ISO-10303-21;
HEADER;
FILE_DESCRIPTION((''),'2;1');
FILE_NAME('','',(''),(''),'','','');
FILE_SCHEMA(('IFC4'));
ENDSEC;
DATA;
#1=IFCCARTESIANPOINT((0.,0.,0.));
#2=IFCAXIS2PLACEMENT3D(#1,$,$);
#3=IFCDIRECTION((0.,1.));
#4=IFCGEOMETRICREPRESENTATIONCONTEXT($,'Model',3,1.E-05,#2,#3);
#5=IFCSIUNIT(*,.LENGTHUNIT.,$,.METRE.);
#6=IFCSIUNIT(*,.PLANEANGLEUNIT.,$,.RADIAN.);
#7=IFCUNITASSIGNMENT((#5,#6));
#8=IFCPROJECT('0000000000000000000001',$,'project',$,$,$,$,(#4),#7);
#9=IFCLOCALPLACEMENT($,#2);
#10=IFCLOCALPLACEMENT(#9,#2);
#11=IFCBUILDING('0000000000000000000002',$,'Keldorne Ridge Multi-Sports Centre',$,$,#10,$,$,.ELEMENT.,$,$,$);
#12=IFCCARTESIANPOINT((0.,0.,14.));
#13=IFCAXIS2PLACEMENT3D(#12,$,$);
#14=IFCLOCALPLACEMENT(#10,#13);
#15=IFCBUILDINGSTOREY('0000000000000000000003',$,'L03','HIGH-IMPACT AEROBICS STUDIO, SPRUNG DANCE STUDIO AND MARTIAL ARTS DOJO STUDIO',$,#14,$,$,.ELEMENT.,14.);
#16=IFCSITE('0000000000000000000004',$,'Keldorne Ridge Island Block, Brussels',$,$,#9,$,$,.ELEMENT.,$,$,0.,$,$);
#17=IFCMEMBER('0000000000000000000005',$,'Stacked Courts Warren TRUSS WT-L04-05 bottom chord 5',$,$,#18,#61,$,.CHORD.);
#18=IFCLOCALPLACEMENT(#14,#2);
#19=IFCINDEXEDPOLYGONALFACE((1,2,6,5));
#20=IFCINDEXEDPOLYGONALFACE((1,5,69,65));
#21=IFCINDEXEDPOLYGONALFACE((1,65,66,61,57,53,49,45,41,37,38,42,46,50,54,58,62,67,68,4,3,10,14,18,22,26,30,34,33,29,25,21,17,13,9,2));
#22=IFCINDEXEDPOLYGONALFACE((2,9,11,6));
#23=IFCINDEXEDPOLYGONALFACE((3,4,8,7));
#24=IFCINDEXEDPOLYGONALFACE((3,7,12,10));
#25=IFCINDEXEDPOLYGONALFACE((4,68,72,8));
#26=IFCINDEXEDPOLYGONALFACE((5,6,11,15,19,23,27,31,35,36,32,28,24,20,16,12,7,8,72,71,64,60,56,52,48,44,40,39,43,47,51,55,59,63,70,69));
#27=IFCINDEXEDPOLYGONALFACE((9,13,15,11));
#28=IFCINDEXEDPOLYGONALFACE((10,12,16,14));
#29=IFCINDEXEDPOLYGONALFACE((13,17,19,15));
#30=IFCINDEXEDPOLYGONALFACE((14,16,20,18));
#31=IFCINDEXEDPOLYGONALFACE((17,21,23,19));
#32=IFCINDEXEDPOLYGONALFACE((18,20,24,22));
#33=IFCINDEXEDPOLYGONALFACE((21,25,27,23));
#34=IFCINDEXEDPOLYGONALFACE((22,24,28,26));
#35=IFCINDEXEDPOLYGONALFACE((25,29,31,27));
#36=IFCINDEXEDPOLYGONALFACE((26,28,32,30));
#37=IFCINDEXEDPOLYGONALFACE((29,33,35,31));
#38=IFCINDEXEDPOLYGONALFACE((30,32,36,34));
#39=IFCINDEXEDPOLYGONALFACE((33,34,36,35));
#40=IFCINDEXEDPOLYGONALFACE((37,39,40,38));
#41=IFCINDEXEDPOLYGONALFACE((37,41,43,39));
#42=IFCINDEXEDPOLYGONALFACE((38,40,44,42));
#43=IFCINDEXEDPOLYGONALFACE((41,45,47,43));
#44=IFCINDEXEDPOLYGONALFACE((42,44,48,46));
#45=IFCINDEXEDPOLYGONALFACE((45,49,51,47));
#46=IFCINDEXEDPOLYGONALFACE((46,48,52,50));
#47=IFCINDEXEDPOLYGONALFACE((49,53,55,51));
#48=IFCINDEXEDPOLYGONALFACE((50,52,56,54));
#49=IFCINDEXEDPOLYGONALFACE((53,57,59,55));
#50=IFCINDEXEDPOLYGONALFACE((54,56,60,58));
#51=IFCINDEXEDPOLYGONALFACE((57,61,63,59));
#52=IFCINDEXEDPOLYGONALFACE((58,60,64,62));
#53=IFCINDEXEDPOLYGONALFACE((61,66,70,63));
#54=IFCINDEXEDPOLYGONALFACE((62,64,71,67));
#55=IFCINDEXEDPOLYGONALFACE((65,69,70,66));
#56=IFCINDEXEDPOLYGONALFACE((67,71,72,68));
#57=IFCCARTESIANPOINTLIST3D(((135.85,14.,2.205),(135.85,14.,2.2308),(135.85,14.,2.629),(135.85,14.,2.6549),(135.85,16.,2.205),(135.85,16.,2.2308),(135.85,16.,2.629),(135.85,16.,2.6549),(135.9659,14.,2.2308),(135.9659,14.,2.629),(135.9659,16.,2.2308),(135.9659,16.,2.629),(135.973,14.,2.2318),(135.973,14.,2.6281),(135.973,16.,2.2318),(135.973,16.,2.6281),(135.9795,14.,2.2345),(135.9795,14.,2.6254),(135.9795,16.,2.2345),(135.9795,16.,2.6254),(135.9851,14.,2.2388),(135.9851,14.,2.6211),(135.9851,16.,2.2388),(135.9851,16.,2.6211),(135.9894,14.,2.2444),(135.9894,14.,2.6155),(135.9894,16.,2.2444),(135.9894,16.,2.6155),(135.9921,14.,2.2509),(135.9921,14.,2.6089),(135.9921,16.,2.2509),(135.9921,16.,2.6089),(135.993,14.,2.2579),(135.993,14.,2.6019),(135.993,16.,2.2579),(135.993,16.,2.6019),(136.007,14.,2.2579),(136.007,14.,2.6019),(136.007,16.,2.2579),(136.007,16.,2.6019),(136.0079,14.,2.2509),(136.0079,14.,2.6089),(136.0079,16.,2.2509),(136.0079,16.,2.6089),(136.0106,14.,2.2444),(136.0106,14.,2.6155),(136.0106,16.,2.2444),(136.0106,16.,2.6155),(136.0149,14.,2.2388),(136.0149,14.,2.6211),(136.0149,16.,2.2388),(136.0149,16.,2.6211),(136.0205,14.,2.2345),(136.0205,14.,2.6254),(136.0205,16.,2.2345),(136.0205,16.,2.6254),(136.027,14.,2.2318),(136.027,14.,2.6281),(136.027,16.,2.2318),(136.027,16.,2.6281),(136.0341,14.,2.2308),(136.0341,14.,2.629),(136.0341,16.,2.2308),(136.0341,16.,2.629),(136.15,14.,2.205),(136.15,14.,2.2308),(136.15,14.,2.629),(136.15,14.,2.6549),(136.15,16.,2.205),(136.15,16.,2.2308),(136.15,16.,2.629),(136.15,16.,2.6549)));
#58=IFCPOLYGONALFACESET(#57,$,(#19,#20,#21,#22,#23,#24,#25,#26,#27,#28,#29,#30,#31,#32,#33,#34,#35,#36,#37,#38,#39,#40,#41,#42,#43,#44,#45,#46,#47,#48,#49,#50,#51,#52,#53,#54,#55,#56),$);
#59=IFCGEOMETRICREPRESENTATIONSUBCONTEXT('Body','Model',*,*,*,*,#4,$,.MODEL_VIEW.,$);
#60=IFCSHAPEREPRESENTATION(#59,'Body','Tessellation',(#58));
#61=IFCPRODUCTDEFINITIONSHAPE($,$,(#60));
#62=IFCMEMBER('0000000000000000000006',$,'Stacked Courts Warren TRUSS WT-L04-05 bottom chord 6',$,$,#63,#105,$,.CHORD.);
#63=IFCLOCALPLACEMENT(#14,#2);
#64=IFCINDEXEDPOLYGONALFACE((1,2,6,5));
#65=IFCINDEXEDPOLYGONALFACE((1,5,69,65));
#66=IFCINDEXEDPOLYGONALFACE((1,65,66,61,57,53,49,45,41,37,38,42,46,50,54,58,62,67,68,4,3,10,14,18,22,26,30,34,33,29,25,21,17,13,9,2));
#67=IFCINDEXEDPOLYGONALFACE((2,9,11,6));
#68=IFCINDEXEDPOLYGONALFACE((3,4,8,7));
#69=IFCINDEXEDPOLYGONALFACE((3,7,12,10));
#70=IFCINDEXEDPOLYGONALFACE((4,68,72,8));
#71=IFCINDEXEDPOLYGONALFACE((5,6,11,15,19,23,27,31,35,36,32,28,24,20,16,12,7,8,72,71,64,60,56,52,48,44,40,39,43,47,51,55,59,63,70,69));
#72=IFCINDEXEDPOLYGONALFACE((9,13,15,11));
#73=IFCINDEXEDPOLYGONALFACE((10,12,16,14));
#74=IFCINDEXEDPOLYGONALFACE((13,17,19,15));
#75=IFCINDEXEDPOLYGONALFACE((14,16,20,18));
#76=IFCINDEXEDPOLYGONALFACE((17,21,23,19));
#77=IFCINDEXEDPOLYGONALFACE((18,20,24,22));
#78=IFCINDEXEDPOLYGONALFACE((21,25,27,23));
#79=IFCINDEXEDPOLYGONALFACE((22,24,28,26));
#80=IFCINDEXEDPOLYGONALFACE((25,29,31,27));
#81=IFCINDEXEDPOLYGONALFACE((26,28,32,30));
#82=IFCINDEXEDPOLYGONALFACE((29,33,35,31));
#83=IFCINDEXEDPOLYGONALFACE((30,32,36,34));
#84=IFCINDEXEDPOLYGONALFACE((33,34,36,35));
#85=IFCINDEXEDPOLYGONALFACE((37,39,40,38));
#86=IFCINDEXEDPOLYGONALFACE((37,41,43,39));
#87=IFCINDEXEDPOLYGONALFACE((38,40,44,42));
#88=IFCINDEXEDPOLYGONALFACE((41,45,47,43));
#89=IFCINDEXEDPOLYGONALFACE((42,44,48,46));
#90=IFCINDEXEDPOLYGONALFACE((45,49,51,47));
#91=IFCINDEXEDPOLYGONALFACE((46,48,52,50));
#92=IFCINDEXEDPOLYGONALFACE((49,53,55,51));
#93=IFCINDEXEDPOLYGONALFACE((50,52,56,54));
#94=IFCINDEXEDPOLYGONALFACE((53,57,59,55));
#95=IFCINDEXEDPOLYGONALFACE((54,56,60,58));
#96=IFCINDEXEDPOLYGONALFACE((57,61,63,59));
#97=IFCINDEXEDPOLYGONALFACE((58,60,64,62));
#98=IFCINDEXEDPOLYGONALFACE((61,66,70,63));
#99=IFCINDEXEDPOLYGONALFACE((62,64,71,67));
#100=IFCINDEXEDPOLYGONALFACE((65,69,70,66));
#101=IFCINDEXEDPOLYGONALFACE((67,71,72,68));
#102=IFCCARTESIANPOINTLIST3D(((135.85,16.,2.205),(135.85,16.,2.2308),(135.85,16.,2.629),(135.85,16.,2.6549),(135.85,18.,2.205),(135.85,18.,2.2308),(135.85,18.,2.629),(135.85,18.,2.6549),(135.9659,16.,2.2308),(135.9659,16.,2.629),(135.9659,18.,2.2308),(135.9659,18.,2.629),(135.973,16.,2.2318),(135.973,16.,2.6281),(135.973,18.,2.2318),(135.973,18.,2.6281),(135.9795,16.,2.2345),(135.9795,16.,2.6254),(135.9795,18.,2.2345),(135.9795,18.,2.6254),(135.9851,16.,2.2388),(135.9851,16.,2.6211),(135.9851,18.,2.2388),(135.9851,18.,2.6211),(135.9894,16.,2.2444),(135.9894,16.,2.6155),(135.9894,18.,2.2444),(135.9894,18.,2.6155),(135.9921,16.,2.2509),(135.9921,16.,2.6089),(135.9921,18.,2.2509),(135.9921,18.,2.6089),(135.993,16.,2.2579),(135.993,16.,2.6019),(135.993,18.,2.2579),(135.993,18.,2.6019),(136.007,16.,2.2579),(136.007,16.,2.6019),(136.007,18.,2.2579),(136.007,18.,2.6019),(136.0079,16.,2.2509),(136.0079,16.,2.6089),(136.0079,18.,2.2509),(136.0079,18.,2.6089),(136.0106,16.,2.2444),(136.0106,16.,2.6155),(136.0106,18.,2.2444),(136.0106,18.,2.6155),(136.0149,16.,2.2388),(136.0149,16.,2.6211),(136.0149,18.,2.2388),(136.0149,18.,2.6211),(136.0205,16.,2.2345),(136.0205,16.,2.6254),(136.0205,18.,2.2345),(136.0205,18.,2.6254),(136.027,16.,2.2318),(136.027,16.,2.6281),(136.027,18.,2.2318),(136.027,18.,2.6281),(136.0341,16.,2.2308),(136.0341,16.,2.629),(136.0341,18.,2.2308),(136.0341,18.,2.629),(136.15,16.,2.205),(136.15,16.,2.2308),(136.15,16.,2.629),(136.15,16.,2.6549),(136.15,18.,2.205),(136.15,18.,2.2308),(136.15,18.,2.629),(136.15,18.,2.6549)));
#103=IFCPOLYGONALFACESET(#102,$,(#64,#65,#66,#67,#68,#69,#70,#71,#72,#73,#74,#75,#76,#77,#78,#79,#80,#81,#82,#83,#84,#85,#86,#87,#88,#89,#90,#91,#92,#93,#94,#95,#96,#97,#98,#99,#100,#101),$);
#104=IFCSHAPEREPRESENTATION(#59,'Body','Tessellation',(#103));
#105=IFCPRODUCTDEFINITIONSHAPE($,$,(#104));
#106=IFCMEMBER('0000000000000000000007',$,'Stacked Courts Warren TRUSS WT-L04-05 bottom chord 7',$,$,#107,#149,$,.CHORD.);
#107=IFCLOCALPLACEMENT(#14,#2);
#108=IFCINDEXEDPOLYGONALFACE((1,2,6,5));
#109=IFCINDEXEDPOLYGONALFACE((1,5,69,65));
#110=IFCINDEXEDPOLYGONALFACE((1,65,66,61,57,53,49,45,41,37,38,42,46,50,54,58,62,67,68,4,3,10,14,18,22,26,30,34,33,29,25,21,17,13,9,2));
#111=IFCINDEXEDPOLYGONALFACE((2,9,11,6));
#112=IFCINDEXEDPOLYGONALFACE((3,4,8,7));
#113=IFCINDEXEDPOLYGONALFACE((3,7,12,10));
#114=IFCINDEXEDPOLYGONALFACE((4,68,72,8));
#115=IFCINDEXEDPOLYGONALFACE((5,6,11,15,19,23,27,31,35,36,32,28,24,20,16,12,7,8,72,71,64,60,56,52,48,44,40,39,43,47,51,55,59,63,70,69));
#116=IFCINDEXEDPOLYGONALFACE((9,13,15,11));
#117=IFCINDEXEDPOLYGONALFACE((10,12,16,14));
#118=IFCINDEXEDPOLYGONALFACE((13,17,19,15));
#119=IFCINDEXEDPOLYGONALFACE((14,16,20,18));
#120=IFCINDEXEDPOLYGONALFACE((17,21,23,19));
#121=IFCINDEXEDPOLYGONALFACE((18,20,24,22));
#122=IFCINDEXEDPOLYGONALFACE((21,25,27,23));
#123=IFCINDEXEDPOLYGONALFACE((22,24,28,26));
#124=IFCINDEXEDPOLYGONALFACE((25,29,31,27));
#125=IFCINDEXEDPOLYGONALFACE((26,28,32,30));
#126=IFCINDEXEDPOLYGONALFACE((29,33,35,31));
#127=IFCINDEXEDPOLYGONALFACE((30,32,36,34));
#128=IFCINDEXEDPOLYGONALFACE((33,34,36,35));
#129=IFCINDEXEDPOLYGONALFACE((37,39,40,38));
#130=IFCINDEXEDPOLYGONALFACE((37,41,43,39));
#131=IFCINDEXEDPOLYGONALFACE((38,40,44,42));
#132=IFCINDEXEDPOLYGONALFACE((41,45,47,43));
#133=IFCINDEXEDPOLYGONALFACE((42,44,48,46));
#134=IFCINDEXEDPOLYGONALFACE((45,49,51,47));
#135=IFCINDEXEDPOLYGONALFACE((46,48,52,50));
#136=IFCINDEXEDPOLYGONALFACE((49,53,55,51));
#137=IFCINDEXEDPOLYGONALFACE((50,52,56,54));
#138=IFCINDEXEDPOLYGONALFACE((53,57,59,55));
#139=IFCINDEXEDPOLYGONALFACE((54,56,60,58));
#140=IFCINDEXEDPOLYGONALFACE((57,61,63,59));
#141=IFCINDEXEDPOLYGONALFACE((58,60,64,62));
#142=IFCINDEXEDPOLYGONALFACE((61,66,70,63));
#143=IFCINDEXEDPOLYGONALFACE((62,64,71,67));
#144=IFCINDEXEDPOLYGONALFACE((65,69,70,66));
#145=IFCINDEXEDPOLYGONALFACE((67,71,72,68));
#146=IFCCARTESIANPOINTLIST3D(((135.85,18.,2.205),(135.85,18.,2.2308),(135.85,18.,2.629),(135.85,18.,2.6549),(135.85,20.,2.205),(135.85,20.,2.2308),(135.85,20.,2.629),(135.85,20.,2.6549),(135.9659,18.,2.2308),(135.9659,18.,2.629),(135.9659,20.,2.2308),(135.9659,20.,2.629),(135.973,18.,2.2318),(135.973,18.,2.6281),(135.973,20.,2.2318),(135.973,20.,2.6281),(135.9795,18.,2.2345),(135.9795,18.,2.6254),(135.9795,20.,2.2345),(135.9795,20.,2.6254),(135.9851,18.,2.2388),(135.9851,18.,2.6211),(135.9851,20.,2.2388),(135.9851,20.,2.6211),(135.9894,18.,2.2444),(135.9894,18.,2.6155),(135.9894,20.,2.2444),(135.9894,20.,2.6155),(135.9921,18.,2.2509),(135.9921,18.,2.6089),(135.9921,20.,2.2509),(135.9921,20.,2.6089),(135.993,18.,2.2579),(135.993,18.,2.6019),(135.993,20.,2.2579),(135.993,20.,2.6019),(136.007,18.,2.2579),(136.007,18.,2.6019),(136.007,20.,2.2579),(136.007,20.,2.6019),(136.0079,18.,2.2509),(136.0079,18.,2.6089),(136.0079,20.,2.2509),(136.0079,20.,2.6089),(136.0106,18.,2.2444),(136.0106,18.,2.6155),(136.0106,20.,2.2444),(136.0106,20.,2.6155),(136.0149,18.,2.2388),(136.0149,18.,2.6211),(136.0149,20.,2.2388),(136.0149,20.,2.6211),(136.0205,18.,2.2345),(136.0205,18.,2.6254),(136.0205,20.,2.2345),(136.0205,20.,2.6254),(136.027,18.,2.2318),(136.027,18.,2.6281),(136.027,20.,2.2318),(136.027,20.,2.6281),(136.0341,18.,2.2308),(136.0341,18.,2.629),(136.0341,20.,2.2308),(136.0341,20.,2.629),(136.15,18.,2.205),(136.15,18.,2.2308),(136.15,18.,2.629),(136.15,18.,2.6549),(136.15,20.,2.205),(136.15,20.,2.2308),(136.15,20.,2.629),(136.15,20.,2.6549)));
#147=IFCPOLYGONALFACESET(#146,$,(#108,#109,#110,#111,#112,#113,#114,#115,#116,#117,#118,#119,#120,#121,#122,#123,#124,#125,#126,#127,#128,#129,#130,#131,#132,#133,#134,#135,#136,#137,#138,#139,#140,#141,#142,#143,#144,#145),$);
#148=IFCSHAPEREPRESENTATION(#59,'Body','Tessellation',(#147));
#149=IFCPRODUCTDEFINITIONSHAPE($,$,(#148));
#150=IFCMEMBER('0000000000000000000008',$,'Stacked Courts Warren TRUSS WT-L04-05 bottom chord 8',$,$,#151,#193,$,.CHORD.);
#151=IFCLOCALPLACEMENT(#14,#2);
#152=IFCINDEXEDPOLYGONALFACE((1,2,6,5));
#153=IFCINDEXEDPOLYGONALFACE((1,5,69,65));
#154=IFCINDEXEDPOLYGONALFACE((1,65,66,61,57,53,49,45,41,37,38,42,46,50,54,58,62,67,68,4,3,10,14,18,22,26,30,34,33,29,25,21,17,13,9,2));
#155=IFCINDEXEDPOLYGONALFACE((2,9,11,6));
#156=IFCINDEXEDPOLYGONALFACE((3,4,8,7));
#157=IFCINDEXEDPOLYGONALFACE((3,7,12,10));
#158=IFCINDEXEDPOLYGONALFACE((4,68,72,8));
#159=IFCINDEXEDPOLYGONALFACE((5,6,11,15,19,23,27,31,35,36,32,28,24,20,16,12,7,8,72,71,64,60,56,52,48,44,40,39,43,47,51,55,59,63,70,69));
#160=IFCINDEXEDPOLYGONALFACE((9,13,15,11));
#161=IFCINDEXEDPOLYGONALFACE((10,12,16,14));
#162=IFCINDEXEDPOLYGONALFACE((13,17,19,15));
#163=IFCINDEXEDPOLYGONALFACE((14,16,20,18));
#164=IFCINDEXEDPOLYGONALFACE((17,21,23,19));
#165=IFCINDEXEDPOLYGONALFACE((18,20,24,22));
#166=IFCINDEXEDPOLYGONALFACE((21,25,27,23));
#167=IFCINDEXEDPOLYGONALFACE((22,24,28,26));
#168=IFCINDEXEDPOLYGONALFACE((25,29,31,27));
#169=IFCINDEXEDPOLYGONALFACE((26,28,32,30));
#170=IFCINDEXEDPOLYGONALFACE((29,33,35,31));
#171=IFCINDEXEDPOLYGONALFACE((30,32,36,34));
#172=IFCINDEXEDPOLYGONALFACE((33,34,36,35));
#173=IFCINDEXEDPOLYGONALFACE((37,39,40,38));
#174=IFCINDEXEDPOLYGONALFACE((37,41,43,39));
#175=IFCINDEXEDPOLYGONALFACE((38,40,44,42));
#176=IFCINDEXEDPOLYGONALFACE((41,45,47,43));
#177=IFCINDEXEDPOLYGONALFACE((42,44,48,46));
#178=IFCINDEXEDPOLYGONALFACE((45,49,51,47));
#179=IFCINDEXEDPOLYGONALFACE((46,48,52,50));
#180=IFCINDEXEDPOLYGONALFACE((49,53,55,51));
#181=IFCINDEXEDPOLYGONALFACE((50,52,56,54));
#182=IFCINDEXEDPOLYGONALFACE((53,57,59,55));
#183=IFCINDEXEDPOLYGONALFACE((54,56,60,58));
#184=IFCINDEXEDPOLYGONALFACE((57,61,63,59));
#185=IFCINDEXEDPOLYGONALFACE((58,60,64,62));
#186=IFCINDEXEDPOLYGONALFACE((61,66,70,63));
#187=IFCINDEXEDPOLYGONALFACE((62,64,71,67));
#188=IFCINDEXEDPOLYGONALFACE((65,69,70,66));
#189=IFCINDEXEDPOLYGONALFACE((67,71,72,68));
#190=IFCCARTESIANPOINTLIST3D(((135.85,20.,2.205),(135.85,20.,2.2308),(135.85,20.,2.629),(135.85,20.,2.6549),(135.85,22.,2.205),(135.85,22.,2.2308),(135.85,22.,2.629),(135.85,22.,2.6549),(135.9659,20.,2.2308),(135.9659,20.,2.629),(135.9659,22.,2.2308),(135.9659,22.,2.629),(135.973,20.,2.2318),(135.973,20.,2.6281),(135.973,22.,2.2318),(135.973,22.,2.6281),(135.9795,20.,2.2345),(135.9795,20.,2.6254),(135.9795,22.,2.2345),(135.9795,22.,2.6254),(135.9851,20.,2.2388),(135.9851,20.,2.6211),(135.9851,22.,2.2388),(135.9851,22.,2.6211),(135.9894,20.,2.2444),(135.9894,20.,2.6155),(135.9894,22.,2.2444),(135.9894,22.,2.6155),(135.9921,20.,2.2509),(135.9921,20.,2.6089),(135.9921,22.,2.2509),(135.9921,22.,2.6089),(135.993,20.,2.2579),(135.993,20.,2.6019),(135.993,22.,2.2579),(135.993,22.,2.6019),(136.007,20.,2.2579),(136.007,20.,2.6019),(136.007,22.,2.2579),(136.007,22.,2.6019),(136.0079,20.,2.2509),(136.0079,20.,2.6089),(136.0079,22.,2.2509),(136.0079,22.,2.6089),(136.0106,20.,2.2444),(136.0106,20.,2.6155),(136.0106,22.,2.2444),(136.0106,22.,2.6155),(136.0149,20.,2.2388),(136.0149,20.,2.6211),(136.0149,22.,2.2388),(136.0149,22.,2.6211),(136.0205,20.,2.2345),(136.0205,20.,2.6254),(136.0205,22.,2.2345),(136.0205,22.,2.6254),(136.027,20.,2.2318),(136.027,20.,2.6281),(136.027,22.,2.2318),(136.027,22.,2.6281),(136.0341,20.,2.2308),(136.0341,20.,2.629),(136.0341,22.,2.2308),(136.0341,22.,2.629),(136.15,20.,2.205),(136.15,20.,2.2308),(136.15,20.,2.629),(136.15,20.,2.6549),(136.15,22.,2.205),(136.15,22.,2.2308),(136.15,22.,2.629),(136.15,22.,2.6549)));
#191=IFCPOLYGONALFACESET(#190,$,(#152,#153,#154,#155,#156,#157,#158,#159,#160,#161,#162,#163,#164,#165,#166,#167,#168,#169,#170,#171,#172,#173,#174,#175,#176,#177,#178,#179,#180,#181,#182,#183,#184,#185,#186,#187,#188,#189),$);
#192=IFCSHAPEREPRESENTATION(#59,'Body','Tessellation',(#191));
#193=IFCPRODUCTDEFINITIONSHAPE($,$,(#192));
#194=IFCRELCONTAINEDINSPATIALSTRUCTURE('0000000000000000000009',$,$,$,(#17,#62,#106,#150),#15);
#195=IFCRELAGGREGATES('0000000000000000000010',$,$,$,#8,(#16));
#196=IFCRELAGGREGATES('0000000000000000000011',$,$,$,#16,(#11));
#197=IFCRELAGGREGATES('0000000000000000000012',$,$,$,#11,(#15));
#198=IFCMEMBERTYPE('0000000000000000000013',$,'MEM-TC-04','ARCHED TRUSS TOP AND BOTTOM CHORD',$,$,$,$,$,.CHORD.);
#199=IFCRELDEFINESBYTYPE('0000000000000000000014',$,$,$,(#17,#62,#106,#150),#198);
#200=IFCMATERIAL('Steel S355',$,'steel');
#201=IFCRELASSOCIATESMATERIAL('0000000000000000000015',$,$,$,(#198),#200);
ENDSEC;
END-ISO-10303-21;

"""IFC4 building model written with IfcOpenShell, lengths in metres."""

from ifc_helpers import new_model, si_unit, direction, frame, origin, origin_2d, place, context, subcontext, project, spatial, i_section, extrude, material, material_profile, profile_set, type_object, element, save


model = new_model("IFC4")

# Units and contexts
model_context = context("Model", 3, precision=1e-05, world=origin(), true_north=direction((0.0, 1.0)))
body_context = subcontext(model_context, "Body", "Model", "MODEL_VIEW")
ifc_project = project(units=[si_unit("LENGTHUNIT", "METRE"), si_unit("PLANEANGLEUNIT", "RADIAN")], contexts=[model_context])

# Site, building, storey
site_placement = place(None, origin())
site = spatial("IfcSite", under=ifc_project, at=site_placement, Name="Keldorne Ridge Island Block, Brussels", CompositionType="ELEMENT", RefElevation=0.0)
building_placement = place(site_placement, origin())
building = spatial("IfcBuilding", under=site, at=building_placement, Name="Keldorne Ridge Multi-Sports Centre", CompositionType="ELEMENT")
storey_placement = place(building_placement, frame((0.0, 0.0, 14.0)))
storey = spatial("IfcBuildingStorey", under=building, at=storey_placement, Name="L03", Description="HIGH-IMPACT AEROBICS STUDIO, SPRUNG DANCE STUDIO AND MARTIAL ARTS DOJO STUDIO", CompositionType="ELEMENT", Elevation=14.0)

# Members
ifc_material = material(Name="Steel S355", Category="steel")
ifc_material_profile_1 = material_profile(ifc_material, i_section(OverallWidth=0.3, OverallDepth=0.45, WebThickness=0.0139, FlangeThickness=0.0259, FilletRadius=0.0271, at=origin_2d()), Name="HEB 450")
ifc_profile_set_1 = profile_set([ifc_material_profile_1], Name="Steel S355")
member_type_1 = type_object("IfcMemberType", Name="MEM-TC-04", Description="ARCHED TRUSS TOP AND BOTTOM CHORD", PredefinedType="CHORD", material=ifc_profile_set_1)
for number, where, z_axis, x_axis, name in (
    (1, (136.0, 14.0, 2.4299), (0.0, 1.0, 0.0), (-1.0, 0.0, 0.0), "Stacked Courts Warren TRUSS WT-L04-05 bottom chord 5"),
    (2, (136.0, 16.0, 2.4299), (0.0, 1.0, 0.0), (-1.0, 0.0, 0.0), "Stacked Courts Warren TRUSS WT-L04-05 bottom chord 6"),
    (3, (136.0, 18.0, 2.4299), (0.0, 1.0, 0.0), (-1.0, 0.0, 0.0), "Stacked Courts Warren TRUSS WT-L04-05 bottom chord 7"),
    (4, (136.0, 20.0, 2.4299), (0.0, 1.0, 0.0), (-1.0, 0.0, 0.0), "Stacked Courts Warren TRUSS WT-L04-05 bottom chord 8"),
):
    element("IfcMember", number, at=place(storey_placement, frame(where, z_axis=z_axis, x_axis=x_axis)), inside=storey, type_object=member_type_1, Name=name, PredefinedType="CHORD", context=body_context, shape_type="SweptSolid", body=[
        extrude(i_section(OverallWidth=0.3, OverallDepth=0.45, WebThickness=0.0139, FlangeThickness=0.0259, FilletRadius=0.0271, at=origin_2d()), origin(), (0.0, 0.0, 1.0), 2.0),
    ])

save(model, "model.ifc")
